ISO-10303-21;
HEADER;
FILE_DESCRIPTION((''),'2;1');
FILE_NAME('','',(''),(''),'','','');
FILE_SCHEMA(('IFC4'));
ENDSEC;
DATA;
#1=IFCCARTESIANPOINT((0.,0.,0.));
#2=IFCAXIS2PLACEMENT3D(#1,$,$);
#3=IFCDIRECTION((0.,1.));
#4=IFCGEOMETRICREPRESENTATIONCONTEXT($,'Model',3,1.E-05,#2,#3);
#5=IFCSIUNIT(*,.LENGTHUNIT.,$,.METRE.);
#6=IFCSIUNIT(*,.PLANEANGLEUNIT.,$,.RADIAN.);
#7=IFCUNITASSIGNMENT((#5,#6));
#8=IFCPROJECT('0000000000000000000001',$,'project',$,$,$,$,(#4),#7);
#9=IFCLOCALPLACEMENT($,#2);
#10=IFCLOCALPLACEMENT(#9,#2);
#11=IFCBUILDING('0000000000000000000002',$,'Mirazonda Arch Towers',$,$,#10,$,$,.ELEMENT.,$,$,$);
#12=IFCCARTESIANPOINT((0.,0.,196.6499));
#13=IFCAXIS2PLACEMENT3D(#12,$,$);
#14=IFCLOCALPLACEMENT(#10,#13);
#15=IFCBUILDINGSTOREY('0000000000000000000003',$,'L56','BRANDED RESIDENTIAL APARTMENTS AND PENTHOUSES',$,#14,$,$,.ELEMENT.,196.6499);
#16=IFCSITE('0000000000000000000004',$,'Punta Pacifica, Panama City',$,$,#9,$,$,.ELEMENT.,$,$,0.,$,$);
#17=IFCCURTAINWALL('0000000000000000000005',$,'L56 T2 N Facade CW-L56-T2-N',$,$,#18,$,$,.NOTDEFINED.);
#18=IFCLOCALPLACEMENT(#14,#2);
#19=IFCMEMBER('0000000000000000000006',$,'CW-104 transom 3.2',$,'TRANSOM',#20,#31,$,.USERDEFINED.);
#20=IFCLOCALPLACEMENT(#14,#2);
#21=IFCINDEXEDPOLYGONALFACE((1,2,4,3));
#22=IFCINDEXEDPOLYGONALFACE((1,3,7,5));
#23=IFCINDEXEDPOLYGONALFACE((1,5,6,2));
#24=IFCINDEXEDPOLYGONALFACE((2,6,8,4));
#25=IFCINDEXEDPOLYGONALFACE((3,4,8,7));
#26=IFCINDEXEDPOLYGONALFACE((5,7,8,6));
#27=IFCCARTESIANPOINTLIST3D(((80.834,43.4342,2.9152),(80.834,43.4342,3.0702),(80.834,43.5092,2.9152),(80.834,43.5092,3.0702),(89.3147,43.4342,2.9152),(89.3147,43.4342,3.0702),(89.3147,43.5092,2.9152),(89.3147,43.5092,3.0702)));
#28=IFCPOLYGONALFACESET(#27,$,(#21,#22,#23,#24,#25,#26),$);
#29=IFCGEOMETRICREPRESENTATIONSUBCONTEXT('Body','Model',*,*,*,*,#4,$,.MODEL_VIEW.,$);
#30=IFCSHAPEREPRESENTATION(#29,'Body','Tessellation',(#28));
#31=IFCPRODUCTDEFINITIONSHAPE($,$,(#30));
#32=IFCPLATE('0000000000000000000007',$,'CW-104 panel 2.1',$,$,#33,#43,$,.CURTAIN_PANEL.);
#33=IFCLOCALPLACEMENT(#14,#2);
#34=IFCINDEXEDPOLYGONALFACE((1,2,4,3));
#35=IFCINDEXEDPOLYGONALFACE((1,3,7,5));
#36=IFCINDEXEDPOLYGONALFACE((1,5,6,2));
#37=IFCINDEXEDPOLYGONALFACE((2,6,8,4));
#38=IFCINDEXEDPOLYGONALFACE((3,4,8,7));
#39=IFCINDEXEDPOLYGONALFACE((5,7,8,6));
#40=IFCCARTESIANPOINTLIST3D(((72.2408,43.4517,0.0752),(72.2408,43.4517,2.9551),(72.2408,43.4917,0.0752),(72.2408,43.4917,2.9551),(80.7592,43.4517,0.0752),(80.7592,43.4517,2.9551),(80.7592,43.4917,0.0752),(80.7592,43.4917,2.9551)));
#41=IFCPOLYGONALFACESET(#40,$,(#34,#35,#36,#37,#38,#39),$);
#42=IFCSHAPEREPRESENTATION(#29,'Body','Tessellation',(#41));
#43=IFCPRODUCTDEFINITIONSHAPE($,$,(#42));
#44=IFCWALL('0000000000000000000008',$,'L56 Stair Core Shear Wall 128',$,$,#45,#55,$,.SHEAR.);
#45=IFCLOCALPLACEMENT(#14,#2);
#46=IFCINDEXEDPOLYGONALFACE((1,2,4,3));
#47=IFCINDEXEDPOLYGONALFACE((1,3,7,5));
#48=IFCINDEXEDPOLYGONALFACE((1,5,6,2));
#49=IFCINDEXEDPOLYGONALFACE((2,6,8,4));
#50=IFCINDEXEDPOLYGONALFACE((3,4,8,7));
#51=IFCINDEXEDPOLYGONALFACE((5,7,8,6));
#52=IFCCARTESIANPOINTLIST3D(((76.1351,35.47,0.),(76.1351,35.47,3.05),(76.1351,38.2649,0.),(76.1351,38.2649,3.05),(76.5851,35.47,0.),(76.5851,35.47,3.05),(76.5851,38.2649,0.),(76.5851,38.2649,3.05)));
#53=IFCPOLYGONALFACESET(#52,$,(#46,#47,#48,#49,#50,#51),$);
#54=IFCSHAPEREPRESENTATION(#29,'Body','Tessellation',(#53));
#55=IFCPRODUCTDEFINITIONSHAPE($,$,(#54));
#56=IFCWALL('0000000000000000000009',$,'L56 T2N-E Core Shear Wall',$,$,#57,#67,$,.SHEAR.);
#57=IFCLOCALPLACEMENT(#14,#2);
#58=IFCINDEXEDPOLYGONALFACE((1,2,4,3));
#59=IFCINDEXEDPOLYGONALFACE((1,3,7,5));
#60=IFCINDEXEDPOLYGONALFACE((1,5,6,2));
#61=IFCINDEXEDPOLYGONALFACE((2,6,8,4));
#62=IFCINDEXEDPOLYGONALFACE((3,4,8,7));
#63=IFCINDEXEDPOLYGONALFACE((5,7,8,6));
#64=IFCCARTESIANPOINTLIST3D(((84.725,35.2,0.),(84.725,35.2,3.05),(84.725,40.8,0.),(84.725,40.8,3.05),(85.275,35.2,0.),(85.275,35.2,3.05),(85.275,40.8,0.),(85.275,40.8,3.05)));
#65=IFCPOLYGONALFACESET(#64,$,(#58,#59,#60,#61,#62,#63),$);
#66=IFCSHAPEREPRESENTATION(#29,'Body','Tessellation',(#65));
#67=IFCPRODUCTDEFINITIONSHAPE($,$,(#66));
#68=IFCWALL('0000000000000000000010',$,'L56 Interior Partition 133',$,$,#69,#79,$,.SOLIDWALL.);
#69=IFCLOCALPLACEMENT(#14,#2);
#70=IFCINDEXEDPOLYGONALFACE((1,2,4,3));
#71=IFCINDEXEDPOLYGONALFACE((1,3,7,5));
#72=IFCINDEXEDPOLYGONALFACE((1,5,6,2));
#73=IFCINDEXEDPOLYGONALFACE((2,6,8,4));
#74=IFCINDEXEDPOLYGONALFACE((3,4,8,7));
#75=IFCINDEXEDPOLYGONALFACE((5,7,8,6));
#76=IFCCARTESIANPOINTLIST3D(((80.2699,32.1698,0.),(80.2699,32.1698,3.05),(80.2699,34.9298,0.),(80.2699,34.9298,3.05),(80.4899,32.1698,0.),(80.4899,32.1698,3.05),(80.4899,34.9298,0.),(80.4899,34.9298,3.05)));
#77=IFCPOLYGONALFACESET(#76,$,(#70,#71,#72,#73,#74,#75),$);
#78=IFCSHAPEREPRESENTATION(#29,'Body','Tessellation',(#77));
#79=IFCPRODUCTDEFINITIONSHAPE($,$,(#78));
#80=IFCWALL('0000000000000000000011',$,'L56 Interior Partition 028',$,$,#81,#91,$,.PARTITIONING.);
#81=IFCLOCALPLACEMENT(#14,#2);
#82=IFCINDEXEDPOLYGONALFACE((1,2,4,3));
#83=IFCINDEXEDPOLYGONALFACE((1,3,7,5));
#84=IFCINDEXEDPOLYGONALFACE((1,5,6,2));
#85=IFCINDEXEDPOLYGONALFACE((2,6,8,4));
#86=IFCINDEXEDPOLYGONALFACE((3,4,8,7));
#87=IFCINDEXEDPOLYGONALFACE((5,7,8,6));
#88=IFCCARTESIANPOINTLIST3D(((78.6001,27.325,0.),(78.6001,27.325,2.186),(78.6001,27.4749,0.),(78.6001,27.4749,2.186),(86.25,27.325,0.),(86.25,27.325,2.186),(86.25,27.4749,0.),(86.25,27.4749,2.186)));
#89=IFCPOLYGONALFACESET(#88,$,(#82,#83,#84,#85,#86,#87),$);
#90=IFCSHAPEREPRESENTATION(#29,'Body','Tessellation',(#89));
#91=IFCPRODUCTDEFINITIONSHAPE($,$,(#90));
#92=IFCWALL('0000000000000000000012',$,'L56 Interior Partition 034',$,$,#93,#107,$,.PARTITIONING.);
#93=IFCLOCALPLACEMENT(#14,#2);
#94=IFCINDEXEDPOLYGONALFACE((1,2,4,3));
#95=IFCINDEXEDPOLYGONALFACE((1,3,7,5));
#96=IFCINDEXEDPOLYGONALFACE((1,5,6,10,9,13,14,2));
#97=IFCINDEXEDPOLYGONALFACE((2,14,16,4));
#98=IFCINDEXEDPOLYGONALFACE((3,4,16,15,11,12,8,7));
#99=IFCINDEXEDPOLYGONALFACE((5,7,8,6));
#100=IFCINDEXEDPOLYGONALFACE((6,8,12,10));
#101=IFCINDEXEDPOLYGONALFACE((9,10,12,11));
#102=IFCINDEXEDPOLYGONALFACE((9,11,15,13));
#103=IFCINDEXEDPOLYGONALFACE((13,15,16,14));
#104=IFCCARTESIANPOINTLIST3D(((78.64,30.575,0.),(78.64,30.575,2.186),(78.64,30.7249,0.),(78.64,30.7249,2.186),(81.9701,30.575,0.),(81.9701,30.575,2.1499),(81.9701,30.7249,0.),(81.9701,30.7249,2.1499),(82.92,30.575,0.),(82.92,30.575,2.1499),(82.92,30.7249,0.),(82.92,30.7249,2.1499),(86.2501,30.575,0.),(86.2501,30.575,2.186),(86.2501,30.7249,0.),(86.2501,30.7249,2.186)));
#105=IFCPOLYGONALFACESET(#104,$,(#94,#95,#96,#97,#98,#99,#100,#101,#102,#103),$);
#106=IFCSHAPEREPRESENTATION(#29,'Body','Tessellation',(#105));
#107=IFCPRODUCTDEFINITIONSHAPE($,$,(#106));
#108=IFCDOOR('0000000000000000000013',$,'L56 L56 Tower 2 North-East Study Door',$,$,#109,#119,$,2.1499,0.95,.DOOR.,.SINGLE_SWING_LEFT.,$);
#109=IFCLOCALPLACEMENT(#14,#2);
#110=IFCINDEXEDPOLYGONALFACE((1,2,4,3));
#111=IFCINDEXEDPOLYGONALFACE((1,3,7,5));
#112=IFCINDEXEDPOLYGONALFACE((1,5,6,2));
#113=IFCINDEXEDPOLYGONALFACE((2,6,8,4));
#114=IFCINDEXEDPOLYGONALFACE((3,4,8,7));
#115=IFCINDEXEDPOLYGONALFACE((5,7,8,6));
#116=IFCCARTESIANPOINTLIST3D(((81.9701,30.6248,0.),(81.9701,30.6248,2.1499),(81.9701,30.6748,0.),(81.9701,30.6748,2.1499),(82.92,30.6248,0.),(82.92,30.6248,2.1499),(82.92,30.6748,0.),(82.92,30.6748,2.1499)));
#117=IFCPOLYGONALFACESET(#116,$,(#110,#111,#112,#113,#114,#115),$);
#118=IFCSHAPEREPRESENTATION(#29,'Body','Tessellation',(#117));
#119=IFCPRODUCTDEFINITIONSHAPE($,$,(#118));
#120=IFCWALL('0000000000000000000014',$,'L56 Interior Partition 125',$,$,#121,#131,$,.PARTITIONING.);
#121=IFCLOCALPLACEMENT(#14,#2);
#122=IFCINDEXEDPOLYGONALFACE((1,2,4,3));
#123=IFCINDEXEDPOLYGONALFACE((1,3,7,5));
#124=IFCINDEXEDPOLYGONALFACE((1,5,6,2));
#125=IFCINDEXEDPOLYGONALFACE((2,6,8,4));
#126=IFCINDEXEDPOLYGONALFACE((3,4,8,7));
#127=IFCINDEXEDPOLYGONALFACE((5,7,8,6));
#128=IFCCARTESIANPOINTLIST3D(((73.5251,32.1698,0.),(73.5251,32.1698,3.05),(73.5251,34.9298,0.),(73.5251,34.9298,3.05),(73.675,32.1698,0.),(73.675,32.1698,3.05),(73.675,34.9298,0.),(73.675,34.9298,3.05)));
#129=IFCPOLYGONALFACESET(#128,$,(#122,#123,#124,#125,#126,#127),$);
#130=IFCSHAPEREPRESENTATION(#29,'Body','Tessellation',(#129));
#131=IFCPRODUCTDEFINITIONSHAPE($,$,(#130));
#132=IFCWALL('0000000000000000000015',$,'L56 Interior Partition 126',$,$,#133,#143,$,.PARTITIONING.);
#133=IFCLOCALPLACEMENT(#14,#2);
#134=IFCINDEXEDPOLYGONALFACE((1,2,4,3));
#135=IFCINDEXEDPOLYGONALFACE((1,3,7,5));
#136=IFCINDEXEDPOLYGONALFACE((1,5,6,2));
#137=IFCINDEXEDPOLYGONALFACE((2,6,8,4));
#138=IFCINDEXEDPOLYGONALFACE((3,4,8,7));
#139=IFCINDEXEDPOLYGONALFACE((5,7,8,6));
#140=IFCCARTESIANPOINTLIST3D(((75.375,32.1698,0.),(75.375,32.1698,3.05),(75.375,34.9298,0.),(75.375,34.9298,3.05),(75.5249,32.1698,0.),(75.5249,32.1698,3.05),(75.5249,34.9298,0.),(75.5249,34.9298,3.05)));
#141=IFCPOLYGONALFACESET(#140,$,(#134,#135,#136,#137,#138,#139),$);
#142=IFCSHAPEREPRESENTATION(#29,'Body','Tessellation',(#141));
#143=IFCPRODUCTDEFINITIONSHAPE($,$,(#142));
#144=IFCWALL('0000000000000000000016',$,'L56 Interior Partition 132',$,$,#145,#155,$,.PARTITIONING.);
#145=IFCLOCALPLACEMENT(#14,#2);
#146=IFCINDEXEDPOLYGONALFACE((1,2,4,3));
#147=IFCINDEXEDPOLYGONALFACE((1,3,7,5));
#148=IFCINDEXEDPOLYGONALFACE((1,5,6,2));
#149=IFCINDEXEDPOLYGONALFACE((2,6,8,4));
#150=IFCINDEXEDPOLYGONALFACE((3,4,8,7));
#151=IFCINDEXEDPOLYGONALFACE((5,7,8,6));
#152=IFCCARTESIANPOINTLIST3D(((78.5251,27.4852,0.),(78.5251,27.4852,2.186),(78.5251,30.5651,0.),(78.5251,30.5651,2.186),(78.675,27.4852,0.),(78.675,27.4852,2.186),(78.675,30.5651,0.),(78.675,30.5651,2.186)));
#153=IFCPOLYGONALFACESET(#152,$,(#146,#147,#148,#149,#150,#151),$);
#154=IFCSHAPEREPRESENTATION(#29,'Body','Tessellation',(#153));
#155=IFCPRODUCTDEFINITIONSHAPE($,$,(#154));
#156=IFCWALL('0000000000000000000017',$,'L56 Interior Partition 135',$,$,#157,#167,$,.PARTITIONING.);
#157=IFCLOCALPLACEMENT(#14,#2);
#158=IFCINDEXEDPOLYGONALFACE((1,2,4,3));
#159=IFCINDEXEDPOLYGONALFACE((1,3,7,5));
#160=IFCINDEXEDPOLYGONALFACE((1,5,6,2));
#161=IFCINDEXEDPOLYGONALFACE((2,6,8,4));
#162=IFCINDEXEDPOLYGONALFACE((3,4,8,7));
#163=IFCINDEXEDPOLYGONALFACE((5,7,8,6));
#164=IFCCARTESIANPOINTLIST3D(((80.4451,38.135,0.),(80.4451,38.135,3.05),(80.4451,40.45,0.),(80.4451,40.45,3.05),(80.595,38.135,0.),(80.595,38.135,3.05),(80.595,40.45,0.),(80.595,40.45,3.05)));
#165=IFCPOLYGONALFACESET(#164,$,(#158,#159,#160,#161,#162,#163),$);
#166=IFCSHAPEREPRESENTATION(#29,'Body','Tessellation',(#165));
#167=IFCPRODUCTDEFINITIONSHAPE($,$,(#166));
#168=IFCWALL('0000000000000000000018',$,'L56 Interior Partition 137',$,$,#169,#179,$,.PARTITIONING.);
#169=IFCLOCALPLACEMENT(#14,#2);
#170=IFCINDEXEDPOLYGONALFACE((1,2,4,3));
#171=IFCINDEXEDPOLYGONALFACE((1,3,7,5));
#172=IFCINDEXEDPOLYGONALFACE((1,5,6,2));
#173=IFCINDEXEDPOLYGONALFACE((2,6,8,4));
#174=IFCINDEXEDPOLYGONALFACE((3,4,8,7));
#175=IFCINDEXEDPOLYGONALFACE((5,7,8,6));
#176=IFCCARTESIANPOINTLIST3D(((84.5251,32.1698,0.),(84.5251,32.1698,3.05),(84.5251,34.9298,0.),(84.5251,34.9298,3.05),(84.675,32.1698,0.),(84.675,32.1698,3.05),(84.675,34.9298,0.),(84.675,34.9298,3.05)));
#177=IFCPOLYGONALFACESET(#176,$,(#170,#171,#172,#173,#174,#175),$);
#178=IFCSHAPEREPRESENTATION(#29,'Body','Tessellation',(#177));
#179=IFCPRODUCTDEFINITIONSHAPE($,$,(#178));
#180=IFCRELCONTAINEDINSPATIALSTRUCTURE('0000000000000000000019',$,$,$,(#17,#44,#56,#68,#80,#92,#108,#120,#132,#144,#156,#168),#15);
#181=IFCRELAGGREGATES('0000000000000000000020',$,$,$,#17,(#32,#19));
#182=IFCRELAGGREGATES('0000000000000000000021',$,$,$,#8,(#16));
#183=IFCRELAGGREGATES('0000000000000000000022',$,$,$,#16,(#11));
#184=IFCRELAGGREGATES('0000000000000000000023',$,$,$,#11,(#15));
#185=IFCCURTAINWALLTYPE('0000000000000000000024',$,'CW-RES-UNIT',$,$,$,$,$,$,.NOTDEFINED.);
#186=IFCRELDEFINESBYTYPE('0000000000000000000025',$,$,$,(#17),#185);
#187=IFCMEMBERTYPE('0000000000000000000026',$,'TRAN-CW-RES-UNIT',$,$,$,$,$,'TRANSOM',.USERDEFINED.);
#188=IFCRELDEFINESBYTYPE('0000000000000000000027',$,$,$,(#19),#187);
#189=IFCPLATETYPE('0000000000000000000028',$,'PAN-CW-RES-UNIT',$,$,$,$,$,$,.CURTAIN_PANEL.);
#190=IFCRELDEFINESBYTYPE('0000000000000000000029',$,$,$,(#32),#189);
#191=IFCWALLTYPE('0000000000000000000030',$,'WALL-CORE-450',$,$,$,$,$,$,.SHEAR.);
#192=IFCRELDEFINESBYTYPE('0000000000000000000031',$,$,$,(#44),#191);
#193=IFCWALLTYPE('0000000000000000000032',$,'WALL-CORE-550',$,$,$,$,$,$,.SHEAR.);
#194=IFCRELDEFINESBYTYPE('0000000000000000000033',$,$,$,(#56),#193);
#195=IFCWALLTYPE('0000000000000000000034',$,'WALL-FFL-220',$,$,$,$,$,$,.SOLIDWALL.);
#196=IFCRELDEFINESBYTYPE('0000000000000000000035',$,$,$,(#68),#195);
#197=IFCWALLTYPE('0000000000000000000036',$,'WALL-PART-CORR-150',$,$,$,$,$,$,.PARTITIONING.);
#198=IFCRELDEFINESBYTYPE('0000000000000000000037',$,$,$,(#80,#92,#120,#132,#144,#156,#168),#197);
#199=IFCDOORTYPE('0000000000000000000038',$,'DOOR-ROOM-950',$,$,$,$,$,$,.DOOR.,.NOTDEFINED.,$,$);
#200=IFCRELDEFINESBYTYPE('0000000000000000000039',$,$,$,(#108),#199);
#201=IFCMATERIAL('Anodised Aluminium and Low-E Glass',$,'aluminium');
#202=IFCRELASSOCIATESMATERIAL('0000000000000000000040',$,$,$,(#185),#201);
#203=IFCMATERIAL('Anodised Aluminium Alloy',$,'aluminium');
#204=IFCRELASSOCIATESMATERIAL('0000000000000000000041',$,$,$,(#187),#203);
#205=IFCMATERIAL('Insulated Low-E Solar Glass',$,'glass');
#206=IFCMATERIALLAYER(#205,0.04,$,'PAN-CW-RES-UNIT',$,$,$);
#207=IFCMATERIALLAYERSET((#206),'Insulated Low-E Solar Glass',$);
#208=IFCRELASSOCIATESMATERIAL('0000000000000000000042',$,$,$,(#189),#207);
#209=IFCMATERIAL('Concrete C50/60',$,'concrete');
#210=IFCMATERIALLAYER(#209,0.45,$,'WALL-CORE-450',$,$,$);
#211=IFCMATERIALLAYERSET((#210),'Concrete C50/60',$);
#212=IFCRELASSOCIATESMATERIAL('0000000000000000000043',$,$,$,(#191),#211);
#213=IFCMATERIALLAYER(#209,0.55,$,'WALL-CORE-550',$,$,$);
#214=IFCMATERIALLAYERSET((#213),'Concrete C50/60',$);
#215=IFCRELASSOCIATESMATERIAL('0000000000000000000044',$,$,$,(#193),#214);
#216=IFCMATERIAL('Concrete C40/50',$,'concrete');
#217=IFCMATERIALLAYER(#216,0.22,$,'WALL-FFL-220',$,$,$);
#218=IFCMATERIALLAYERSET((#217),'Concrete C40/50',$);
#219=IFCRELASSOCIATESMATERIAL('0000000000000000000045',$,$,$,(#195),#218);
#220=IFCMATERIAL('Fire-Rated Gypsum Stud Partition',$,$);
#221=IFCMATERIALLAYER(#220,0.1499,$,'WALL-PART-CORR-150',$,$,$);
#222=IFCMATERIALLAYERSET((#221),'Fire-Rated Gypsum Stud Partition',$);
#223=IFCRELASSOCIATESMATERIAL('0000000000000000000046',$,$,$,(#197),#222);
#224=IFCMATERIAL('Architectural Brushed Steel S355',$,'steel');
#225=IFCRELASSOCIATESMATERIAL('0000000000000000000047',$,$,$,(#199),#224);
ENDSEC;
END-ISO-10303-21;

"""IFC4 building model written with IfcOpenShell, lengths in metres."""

from ifc_helpers import new_model, si_unit, direction, frame, frame_2d, origin, origin_2d, place, context, subcontext, project, spatial, rectangle, extrude, material, layer, layer_set, material_profile, profile_set, type_object, element, fill, aggregate, save


model = new_model("IFC4")

# Units and contexts
model_context = context("Model", 3, precision=1e-05, world=origin(), true_north=direction((0.0, 1.0)))
body_context = subcontext(model_context, "Body", "Model", "MODEL_VIEW")
ifc_project = project(units=[si_unit("LENGTHUNIT", "METRE"), si_unit("PLANEANGLEUNIT", "RADIAN")], contexts=[model_context])

# Site, building, storey
site_placement = place(None, origin())
site = spatial("IfcSite", under=ifc_project, at=site_placement, Name="Punta Pacifica, Panama City", CompositionType="ELEMENT", RefElevation=0.0)
building_placement = place(site_placement, origin())
building = spatial("IfcBuilding", under=site, at=building_placement, Name="Mirazonda Arch Towers", CompositionType="ELEMENT")
storey_placement = place(building_placement, frame((0.0, 0.0, 196.6499)))
storey = spatial("IfcBuildingStorey", under=building, at=storey_placement, Name="L56", Description="BRANDED RESIDENTIAL APARTMENTS AND PENTHOUSES", CompositionType="ELEMENT", Elevation=196.6499)

# Shared definitions
ifc_material_1 = material(Name="Concrete C50/60", Category="concrete")

# Curtain wall, member, plate
ifc_material_2 = material(Name="Anodised Aluminium and Low-E Glass", Category="aluminium")
curtain_wall_type = type_object("IfcCurtainWallType", Name="CW-RES-UNIT", PredefinedType="NOTDEFINED", material=ifc_material_2)
curtain_wall_placement = place(storey_placement, origin())
curtain_wall = element("IfcCurtainWall", 1, at=curtain_wall_placement, inside=storey, type_object=curtain_wall_type, Name="L56 T2 N Facade CW-L56-T2-N", PredefinedType="NOTDEFINED")
ifc_material_3 = material(Name="Anodised Aluminium Alloy", Category="aluminium")
ifc_material_profile_1 = material_profile(ifc_material_3, rectangle(XDim=0.075, YDim=0.155, at=origin_2d()), Name="ALU-TRAN-75x155")
ifc_profile_set_1 = profile_set([ifc_material_profile_1], Name="Anodised Aluminium Alloy")
member_type_1 = type_object("IfcMemberType", Name="TRAN-CW-RES-UNIT", ElementType="TRANSOM", PredefinedType="USERDEFINED", material=ifc_profile_set_1)
member_1_placement = place(storey_placement, frame((80.834, 43.4717, 2.9927), z_axis=(1.0, 0.0, 0.0), x_axis=(0.0, 1.0, 0.0)))
member_1 = element("IfcMember", 2, at=member_1_placement, type_object=member_type_1, Name="CW-104 transom 3.2", ObjectType="TRANSOM", PredefinedType="USERDEFINED", context=body_context, shape_type="SweptSolid", body=[
    extrude(rectangle(XDim=0.075, YDim=0.155, at=origin_2d()), origin(), (0.0, 0.0, 1.0), 8.4807),
])
ifc_material_4 = material(Name="Insulated Low-E Solar Glass", Category="glass")
ifc_layer_1 = layer(ifc_material_4, 0.04, Name="PAN-CW-RES-UNIT")
ifc_layer_set_1 = layer_set([ifc_layer_1], Name="Insulated Low-E Solar Glass")
plate_type = type_object("IfcPlateType", Name="PAN-CW-RES-UNIT", PredefinedType="CURTAIN_PANEL", material=ifc_layer_set_1)
plate_placement = place(storey_placement, frame((76.5, 43.4717, 0.0752), z_axis=(0.0, 0.0, 1.0), x_axis=(1.0, 0.0, 0.0)))
plate = element("IfcPlate", 3, at=plate_placement, type_object=plate_type, Name="CW-104 panel 2.1", PredefinedType="CURTAIN_PANEL", context=body_context, shape_type="SweptSolid", body=[
    extrude(rectangle(XDim=8.5183, YDim=0.04, at=origin_2d()), origin(), (0.0, 0.0, 1.0), 2.8799),
])
aggregate(curtain_wall, [plate, member_1])

# Walls
ifc_layer_2 = layer(ifc_material_1, 0.45, Name="WALL-CORE-450")
ifc_layer_set_2 = layer_set([ifc_layer_2], Name="Concrete C50/60")
wall_type_1 = type_object("IfcWallType", Name="WALL-CORE-450", PredefinedType="SHEAR", material=ifc_layer_set_2)
wall_1_placement = place(storey_placement, frame((76.3601, 35.47, 0.0), z_axis=(0.0, 0.0, 1.0), x_axis=(0.0, 1.0, 0.0)))
element("IfcWall", 4, at=wall_1_placement, inside=storey, type_object=wall_type_1, Name="L56 Stair Core Shear Wall 128", PredefinedType="SHEAR", context=body_context, shape_type="SweptSolid", body=[
    extrude(rectangle(XDim=2.7949, YDim=0.45, at=frame_2d((1.3975, 0.0))), origin(), (0.0, 0.0, 1.0), 3.05),
])
ifc_layer_3 = layer(ifc_material_1, 0.55, Name="WALL-CORE-550")
ifc_layer_set_3 = layer_set([ifc_layer_3], Name="Concrete C50/60")
wall_type_2 = type_object("IfcWallType", Name="WALL-CORE-550", PredefinedType="SHEAR", material=ifc_layer_set_3)
wall_2_placement = place(storey_placement, frame((85.0, 35.2, 0.0), z_axis=(0.0, 0.0, 1.0), x_axis=(0.0, 1.0, 0.0)))
element("IfcWall", 5, at=wall_2_placement, inside=storey, type_object=wall_type_2, Name="L56 T2N-E Core Shear Wall", PredefinedType="SHEAR", context=body_context, shape_type="SweptSolid", body=[
    extrude(rectangle(XDim=5.6001, YDim=0.55, at=frame_2d((2.8, 0.0))), origin(), (0.0, 0.0, 1.0), 3.05),
])
ifc_material_5 = material(Name="Concrete C40/50", Category="concrete")
ifc_layer_4 = layer(ifc_material_5, 0.22, Name="WALL-FFL-220")
ifc_layer_set_4 = layer_set([ifc_layer_4], Name="Concrete C40/50")
wall_type_3 = type_object("IfcWallType", Name="WALL-FFL-220", PredefinedType="SOLIDWALL", material=ifc_layer_set_4)
wall_3_placement = place(storey_placement, frame((80.3799, 32.1699, 0.0), z_axis=(0.0, 0.0, 1.0), x_axis=(0.0, 1.0, 0.0)))
element("IfcWall", 6, at=wall_3_placement, inside=storey, type_object=wall_type_3, Name="L56 Interior Partition 133", PredefinedType="SOLIDWALL", context=body_context, shape_type="SweptSolid", body=[
    extrude(rectangle(XDim=2.76, YDim=0.22, at=frame_2d((1.3799, 0.0))), origin(), (0.0, 0.0, 1.0), 3.05),
])
ifc_material_6 = material(Name="Fire-Rated Gypsum Stud Partition")
ifc_layer_5 = layer(ifc_material_6, 0.1499, Name="WALL-PART-CORR-150")
ifc_layer_set_5 = layer_set([ifc_layer_5], Name="Fire-Rated Gypsum Stud Partition")
wall_type_4 = type_object("IfcWallType", Name="WALL-PART-CORR-150", PredefinedType="PARTITIONING", material=ifc_layer_set_5)
wall_4_placement = place(storey_placement, frame((78.6001, 27.3999, 0.0), z_axis=(0.0, 0.0, 1.0), x_axis=(1.0, 0.0, 0.0)))
element("IfcWall", 7, at=wall_4_placement, inside=storey, type_object=wall_type_4, Name="L56 Interior Partition 028", PredefinedType="PARTITIONING", context=body_context, shape_type="SweptSolid", body=[
    extrude(rectangle(XDim=7.6499, YDim=0.1499, at=frame_2d((3.825, 0.0))), origin(), (0.0, 0.0, 1.0), 2.186),
])

# Wall, opening, door
wall_5_placement = place(storey_placement, frame((78.6399, 30.6499, 0.0), z_axis=(0.0, 0.0, 1.0), x_axis=(1.0, 0.0, 0.0)))
wall_5 = element("IfcWall", 8, at=wall_5_placement, inside=storey, type_object=wall_type_4, Name="L56 Interior Partition 034", PredefinedType="PARTITIONING", context=body_context, shape_type="SweptSolid", body=[
    extrude(rectangle(XDim=7.6101, YDim=0.1499, at=frame_2d((3.8052, 0.0))), origin(), (0.0, 0.0, 1.0), 2.186),
])
opening_placement = place(wall_5_placement, frame((3.3301, 0.0, 0.0)))
opening = element("IfcOpeningElement", 9, at=opening_placement, cuts=wall_5, PredefinedType="OPENING", context=body_context, shape_type="SweptSolid", body=[
    extrude(rectangle(XDim=0.95, YDim=2.1499, at=frame_2d((0.4751, 1.075))), frame((0.0, 0.085, 0.0), z_axis=(0.0, -1.0, 0.0), x_axis=(1.0, 0.0, 0.0)), (0.0, 0.0, 1.0), 0.1699),
])
ifc_material_7 = material(Name="Architectural Brushed Steel S355", Category="steel")
door_type = type_object("IfcDoorType", Name="DOOR-ROOM-950", OperationType="NOTDEFINED", PredefinedType="DOOR", material=ifc_material_7)
door_placement = place(opening_placement, origin())
door = element("IfcDoor", 10, at=door_placement, inside=storey, type_object=door_type, Name="L56 L56 Tower 2 North-East Study Door", OperationType="SINGLE_SWING_LEFT", OverallHeight=2.1499, OverallWidth=0.95, PredefinedType="DOOR", context=body_context, shape_type="SweptSolid", body=[
    extrude(rectangle(XDim=0.95, YDim=2.1499, at=frame_2d((0.4751, 1.075))), frame((0.0, 0.0249, 0.0), z_axis=(0.0, -1.0, 0.0), x_axis=(1.0, 0.0, 0.0)), (0.0, 0.0, 1.0), 0.05),
])
fill(opening, door)

# Walls
for number, where, z_axis, x_axis, name in (
    (11, (73.6001, 32.1699, 0.0), (0.0, 0.0, 1.0), (0.0, 1.0, 0.0), "L56 Interior Partition 125"),
    (12, (75.45, 32.1699, 0.0), (0.0, 0.0, 1.0), (0.0, 1.0, 0.0), "L56 Interior Partition 126"),
):
    element("IfcWall", number, at=place(storey_placement, frame(where, z_axis=z_axis, x_axis=x_axis)), inside=storey, type_object=wall_type_4, Name=name, PredefinedType="PARTITIONING", context=body_context, shape_type="SweptSolid", body=[
        extrude(rectangle(XDim=2.76, YDim=0.1499, at=frame_2d((1.3799, 0.0))), origin(), (0.0, 0.0, 1.0), 3.05),
    ])
wall_6_placement = place(storey_placement, frame((78.6001, 27.4851, 0.0), z_axis=(0.0, 0.0, 1.0), x_axis=(0.0, 1.0, 0.0)))
element("IfcWall", 13, at=wall_6_placement, inside=storey, type_object=wall_type_4, Name="L56 Interior Partition 132", PredefinedType="PARTITIONING", context=body_context, shape_type="SweptSolid", body=[
    extrude(rectangle(XDim=3.0798, YDim=0.1499, at=frame_2d((1.54, 0.0))), origin(), (0.0, 0.0, 1.0), 2.186),
])
wall_7_placement = place(storey_placement, frame((80.52, 38.135, 0.0), z_axis=(0.0, 0.0, 1.0), x_axis=(0.0, 1.0, 0.0)))
element("IfcWall", 14, at=wall_7_placement, inside=storey, type_object=wall_type_4, Name="L56 Interior Partition 135", PredefinedType="PARTITIONING", context=body_context, shape_type="SweptSolid", body=[
    extrude(rectangle(XDim=2.3149, YDim=0.1499, at=frame_2d((1.1575, 0.0))), origin(), (0.0, 0.0, 1.0), 3.05),
])
wall_8_placement = place(storey_placement, frame((84.6001, 32.1699, 0.0), z_axis=(0.0, 0.0, 1.0), x_axis=(0.0, 1.0, 0.0)))
element("IfcWall", 15, at=wall_8_placement, inside=storey, type_object=wall_type_4, Name="L56 Interior Partition 137", PredefinedType="PARTITIONING", context=body_context, shape_type="SweptSolid", body=[
    extrude(rectangle(XDim=2.76, YDim=0.1499, at=frame_2d((1.3799, 0.0))), origin(), (0.0, 0.0, 1.0), 3.05),
])

save(model, "model.ifc")
